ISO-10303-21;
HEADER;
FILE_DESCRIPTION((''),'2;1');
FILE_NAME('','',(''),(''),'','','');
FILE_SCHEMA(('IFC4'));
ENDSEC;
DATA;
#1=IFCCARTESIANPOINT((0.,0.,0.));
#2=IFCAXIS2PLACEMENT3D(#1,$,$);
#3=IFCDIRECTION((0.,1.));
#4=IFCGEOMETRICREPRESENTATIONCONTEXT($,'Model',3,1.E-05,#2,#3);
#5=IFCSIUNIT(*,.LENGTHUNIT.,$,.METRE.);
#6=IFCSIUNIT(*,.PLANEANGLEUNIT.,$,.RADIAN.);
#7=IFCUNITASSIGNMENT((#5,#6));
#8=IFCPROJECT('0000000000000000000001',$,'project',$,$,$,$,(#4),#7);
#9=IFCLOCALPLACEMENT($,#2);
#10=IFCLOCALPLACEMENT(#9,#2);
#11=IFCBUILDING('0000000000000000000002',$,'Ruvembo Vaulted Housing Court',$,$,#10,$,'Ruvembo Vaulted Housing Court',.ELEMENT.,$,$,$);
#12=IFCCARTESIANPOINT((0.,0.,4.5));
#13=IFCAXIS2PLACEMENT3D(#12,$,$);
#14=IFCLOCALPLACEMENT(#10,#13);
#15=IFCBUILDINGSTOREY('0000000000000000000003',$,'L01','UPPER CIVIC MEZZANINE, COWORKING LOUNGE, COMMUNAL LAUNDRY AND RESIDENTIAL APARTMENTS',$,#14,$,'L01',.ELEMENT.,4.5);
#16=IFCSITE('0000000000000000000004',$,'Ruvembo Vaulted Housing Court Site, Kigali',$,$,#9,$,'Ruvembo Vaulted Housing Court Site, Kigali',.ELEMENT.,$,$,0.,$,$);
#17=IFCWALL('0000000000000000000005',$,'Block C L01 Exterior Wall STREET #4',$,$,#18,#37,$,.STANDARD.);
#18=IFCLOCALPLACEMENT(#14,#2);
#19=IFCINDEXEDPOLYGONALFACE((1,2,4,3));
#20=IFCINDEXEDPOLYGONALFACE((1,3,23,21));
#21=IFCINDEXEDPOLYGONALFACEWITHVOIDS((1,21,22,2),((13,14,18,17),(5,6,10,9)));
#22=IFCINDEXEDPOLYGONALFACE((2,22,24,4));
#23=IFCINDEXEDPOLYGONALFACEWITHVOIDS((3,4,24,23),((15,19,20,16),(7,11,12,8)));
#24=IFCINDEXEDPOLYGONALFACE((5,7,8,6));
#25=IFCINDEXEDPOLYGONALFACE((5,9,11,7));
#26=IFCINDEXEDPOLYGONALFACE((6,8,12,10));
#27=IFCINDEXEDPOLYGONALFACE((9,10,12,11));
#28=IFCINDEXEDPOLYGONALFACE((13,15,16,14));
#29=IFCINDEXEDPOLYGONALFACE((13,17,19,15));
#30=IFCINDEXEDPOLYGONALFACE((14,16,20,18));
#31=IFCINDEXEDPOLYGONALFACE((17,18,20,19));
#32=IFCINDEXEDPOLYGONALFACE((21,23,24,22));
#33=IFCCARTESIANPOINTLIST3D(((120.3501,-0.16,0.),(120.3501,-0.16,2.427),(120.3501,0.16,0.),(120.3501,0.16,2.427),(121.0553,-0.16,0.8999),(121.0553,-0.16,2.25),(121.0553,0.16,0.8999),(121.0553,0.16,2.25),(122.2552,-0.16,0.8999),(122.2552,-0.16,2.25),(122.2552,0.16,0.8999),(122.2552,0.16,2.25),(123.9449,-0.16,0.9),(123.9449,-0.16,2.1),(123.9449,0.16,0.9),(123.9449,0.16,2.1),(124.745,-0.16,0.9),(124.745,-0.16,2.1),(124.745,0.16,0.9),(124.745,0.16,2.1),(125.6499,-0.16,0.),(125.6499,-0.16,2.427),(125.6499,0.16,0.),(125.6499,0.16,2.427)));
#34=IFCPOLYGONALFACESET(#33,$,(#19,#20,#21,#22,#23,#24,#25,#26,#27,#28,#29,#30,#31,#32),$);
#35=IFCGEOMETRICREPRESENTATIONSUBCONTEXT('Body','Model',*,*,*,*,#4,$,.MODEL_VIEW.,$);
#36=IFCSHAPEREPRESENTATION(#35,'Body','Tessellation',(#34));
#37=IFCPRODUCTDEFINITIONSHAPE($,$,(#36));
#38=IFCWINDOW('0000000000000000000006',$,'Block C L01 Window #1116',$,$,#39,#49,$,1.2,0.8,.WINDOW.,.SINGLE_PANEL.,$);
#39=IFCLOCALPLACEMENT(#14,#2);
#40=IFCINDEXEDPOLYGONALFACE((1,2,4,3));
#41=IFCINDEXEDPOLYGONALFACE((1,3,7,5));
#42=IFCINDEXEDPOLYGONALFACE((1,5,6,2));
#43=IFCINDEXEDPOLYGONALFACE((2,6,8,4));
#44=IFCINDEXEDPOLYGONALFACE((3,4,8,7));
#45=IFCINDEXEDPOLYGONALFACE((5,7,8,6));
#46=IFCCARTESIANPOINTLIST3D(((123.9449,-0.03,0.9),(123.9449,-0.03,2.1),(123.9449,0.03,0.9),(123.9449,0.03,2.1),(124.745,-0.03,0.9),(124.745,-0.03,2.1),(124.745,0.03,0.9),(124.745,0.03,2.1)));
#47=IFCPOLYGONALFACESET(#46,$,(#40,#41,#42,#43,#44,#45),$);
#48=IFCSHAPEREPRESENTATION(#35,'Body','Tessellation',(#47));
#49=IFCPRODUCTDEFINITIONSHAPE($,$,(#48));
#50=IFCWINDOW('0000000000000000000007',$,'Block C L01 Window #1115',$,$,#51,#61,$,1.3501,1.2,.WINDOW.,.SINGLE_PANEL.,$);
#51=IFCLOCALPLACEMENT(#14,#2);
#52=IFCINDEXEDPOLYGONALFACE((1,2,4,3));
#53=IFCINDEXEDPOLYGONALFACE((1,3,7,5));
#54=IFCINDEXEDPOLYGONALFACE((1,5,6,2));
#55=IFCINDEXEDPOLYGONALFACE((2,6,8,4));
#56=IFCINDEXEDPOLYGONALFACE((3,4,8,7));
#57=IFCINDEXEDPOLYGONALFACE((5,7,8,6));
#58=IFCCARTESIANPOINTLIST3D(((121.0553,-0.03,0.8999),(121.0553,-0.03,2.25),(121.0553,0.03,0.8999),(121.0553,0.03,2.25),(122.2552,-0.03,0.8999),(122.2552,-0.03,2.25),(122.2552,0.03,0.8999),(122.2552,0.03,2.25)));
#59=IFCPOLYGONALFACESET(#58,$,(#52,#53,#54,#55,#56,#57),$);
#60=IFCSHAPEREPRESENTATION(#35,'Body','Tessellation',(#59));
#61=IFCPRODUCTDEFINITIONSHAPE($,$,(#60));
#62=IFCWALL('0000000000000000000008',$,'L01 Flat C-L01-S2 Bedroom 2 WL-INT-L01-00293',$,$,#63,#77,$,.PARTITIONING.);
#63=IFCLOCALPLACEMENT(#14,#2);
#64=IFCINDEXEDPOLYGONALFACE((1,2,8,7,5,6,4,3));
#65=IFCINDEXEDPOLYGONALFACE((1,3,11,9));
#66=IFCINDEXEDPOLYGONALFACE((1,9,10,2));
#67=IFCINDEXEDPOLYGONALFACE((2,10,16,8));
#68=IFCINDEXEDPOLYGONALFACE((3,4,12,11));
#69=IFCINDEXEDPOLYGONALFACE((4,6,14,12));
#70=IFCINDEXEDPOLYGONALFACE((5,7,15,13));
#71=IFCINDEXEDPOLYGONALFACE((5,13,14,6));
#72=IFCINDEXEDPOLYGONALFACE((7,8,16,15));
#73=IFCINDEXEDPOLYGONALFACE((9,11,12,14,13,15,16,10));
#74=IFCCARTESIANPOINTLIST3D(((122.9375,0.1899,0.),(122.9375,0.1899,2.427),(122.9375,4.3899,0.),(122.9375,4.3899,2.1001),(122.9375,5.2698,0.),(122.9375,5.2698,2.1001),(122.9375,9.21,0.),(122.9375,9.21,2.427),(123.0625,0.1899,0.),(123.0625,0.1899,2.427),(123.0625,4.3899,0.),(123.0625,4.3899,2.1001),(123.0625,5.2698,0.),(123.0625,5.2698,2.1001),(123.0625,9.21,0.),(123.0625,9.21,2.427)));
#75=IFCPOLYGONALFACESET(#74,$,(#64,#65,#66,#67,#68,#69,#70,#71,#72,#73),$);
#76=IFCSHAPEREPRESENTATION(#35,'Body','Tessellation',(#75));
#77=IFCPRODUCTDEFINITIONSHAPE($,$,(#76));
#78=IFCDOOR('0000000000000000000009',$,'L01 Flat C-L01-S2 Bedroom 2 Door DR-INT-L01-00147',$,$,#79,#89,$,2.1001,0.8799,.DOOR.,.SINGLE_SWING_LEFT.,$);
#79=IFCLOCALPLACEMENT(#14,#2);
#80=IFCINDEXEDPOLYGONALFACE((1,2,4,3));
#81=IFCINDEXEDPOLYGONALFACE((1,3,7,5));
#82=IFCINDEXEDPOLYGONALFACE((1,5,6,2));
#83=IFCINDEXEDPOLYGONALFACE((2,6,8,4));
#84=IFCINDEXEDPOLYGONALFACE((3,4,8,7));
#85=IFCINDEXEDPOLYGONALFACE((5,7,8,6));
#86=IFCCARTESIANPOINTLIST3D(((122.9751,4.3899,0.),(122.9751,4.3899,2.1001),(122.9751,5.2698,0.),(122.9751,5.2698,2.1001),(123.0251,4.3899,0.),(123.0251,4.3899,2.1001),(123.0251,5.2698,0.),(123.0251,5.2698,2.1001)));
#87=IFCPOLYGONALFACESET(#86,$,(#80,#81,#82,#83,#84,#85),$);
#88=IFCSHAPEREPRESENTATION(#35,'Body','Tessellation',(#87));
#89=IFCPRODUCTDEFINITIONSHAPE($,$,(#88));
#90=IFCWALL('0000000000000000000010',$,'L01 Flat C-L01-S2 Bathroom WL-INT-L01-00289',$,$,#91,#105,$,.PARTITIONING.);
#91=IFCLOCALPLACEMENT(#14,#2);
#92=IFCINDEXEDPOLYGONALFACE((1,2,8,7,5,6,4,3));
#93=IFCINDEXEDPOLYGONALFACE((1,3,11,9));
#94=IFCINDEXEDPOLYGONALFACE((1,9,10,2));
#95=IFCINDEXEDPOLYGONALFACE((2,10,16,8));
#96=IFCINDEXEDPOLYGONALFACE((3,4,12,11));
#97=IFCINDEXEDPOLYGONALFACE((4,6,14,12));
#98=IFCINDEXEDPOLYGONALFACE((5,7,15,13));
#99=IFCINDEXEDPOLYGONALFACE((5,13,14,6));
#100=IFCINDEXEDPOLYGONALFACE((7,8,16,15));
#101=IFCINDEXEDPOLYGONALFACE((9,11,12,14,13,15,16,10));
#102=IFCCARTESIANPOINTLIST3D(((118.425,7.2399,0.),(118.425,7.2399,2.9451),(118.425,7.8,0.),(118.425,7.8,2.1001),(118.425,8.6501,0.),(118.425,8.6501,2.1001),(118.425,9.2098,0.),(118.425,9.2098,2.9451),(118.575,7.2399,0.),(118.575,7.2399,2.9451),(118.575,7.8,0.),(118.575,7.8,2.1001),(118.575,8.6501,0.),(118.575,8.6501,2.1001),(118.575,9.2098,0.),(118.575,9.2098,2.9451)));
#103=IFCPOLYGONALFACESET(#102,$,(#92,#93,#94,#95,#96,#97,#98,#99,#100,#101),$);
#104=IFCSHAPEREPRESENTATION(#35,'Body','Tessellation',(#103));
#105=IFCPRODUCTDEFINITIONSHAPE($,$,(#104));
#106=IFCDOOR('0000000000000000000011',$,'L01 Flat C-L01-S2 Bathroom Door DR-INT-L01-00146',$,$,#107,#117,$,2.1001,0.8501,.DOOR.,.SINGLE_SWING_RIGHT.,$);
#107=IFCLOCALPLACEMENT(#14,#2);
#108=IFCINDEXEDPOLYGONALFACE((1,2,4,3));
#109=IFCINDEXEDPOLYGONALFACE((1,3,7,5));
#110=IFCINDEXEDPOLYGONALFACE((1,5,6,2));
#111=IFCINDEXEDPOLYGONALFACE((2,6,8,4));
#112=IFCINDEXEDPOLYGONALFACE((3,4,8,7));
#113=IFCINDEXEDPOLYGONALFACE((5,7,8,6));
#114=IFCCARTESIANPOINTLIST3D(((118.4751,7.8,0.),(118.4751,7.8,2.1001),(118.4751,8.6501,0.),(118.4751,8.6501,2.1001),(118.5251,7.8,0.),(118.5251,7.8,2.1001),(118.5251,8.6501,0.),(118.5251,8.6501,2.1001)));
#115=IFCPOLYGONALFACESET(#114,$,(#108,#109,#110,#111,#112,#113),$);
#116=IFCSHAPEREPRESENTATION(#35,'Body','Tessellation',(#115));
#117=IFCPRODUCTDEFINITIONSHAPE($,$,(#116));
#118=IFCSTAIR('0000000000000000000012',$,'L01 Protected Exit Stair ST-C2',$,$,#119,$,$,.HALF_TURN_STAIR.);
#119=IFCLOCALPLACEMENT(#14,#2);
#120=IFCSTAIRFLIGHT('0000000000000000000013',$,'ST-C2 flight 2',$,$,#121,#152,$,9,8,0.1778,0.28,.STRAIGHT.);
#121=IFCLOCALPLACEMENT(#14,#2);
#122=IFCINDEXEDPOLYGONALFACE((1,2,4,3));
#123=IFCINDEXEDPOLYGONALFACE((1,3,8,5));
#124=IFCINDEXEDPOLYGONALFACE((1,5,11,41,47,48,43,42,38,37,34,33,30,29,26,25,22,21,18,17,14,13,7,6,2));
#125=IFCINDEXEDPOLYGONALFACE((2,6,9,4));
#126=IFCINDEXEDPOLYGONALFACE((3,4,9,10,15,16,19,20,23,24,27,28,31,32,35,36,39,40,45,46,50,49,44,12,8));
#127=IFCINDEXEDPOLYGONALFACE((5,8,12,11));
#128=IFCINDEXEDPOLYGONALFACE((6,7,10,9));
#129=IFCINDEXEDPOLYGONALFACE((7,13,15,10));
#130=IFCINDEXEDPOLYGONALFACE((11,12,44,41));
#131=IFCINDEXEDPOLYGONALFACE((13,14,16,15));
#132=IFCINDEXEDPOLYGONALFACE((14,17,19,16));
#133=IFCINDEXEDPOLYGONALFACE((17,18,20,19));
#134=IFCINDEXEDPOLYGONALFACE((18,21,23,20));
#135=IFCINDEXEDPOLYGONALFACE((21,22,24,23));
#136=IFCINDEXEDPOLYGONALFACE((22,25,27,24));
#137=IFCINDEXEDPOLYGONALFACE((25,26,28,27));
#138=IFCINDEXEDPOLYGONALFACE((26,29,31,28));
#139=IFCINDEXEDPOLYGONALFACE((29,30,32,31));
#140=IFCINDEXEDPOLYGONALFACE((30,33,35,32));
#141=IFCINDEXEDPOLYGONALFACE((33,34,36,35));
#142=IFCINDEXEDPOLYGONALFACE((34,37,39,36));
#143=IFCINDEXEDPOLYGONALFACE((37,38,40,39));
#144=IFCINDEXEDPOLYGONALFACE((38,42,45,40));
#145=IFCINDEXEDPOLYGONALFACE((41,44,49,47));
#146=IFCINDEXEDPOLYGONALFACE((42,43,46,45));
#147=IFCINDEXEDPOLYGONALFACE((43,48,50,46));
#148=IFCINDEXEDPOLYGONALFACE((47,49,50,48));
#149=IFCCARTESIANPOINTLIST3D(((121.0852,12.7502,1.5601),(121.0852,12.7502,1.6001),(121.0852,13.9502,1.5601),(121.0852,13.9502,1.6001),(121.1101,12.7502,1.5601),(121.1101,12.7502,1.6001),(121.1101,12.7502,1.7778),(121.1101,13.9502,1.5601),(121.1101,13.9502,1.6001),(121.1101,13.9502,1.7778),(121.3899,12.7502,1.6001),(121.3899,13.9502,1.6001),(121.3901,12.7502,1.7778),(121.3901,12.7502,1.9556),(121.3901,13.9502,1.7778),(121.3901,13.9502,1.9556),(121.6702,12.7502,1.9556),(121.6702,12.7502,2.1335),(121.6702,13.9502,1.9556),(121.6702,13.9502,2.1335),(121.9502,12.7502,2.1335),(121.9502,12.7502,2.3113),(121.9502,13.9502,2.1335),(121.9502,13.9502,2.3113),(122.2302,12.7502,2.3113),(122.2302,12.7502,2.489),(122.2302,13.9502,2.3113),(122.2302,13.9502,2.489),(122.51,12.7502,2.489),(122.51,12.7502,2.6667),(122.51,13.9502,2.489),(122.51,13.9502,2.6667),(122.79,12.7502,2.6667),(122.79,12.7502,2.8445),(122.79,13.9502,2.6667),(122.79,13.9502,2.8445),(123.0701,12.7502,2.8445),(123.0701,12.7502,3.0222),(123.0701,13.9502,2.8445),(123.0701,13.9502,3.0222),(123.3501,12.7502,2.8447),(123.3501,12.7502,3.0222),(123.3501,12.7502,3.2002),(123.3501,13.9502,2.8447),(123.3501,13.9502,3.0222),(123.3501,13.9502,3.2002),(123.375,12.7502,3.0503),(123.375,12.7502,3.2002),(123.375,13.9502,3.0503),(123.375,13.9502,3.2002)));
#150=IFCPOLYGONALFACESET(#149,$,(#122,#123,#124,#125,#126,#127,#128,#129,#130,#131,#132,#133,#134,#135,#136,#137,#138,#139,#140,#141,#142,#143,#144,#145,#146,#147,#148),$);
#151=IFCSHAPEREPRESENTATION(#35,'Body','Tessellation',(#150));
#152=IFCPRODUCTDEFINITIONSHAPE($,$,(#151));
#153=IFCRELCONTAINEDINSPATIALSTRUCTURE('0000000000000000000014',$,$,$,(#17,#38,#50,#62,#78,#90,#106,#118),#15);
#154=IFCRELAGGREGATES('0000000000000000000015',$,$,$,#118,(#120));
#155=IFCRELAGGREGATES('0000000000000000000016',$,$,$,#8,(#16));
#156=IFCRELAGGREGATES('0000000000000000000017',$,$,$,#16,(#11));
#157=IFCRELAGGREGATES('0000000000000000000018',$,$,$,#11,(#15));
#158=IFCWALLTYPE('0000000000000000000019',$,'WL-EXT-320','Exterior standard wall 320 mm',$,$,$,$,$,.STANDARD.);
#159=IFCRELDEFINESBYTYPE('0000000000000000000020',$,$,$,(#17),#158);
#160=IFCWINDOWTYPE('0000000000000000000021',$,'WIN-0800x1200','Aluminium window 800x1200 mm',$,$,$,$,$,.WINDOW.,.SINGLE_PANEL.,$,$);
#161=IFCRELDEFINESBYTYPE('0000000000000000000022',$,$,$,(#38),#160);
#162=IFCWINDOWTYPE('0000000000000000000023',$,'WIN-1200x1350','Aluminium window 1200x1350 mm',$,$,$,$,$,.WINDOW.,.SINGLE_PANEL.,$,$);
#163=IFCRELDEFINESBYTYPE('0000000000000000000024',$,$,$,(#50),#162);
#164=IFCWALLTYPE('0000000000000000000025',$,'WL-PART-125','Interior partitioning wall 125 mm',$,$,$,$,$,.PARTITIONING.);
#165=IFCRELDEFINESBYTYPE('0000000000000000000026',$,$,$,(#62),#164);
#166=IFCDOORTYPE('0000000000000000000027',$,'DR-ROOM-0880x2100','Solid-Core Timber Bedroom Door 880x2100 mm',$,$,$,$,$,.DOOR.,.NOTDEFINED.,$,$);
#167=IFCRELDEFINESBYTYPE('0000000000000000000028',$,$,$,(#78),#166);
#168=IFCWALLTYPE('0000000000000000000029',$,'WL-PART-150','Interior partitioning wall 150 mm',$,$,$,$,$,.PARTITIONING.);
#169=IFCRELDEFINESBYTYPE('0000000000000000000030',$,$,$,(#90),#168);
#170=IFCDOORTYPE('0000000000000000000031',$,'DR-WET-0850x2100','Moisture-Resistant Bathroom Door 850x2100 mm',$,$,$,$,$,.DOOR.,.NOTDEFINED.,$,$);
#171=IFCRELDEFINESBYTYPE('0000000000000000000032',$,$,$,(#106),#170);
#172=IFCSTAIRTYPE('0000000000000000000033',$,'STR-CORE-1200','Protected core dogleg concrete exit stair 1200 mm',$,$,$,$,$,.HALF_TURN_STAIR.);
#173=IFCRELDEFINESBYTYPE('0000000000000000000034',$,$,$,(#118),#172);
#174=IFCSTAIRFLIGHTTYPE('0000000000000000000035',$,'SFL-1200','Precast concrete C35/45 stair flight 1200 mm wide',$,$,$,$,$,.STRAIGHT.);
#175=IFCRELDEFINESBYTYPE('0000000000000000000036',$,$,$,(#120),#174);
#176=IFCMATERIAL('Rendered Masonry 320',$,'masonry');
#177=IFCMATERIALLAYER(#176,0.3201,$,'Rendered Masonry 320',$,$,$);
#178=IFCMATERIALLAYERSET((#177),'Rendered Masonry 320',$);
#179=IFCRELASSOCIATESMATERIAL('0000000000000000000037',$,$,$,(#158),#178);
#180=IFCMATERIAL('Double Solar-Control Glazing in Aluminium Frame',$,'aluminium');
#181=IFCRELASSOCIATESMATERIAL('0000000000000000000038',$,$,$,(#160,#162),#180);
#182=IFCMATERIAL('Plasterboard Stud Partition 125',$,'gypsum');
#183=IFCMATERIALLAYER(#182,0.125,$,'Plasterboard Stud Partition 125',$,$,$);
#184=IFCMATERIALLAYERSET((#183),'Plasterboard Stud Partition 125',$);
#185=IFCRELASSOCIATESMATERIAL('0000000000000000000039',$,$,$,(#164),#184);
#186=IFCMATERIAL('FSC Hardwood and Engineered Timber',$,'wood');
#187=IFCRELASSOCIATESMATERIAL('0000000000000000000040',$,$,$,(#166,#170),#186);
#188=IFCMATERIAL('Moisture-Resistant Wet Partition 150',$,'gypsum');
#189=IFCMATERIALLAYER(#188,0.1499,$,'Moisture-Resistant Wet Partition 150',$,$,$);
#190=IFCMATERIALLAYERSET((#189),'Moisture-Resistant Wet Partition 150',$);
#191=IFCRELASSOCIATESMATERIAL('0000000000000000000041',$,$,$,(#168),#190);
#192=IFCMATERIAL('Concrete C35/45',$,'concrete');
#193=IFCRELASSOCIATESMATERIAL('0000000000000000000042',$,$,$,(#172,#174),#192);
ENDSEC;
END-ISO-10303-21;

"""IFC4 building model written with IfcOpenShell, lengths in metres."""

from ifc_helpers import new_model, si_unit, direction, frame, frame_2d, origin, place, context, subcontext, project, spatial, polyline, rectangle, outline, extrude, material, layer, layer_set, type_object, element, fill, aggregate, save


model = new_model("IFC4")

# Units and contexts
model_context = context("Model", 3, precision=1e-05, world=origin(), true_north=direction((0.0, 1.0)))
body_context = subcontext(model_context, "Body", "Model", "MODEL_VIEW")
ifc_project = project(units=[si_unit("LENGTHUNIT", "METRE"), si_unit("PLANEANGLEUNIT", "RADIAN")], contexts=[model_context])

# Site, building, storey
site_placement = place(None, origin())
site = spatial("IfcSite", under=ifc_project, at=site_placement, Name="Ruvembo Vaulted Housing Court Site, Kigali", LongName="Ruvembo Vaulted Housing Court Site, Kigali", CompositionType="ELEMENT", RefElevation=0.0)
building_placement = place(site_placement, origin())
building = spatial("IfcBuilding", under=site, at=building_placement, Name="Ruvembo Vaulted Housing Court", LongName="Ruvembo Vaulted Housing Court", CompositionType="ELEMENT")
storey_placement = place(building_placement, frame((0.0, 0.0, 4.5)))
storey = spatial("IfcBuildingStorey", under=building, at=storey_placement, Name="L01", Description="UPPER CIVIC MEZZANINE, COWORKING LOUNGE, COMMUNAL LAUNDRY AND RESIDENTIAL APARTMENTS", LongName="L01", CompositionType="ELEMENT", Elevation=4.5)

# Shared definitions
ifc_material_1 = material(Name="Concrete C35/45", Category="concrete")

# Shared definitions
ifc_material_2 = material(Name="FSC Hardwood and Engineered Timber", Category="wood")

# Wall, openings, windows
ifc_material_3 = material(Name="Rendered Masonry 320", Category="masonry")
ifc_layer_1 = layer(ifc_material_3, 0.3201, Name="Rendered Masonry 320")
ifc_layer_set_1 = layer_set([ifc_layer_1], Name="Rendered Masonry 320")
wall_type_1 = type_object("IfcWallType", Name="WL-EXT-320", Description="Exterior standard wall 320 mm", PredefinedType="STANDARD", material=ifc_layer_set_1)
wall_1_placement = place(storey_placement, frame((120.3501, 0.0, 0.0), z_axis=(0.0, 0.0, 1.0), x_axis=(1.0, 0.0, 0.0)))
wall_1 = element("IfcWall", 1, at=wall_1_placement, inside=storey, type_object=wall_type_1, Name="Block C L01 Exterior Wall STREET #4", PredefinedType="STANDARD", context=body_context, shape_type="SweptSolid", body=[
    extrude(rectangle(XDim=5.2998, YDim=0.3201, at=frame_2d((2.6499, 0.0))), origin(), (0.0, 0.0, 1.0), 2.427),
])
opening_1_placement = place(wall_1_placement, frame((0.7051, 0.0, 0.8999)))
opening_1 = element("IfcOpeningElement", 2, at=opening_1_placement, cuts=wall_1, PredefinedType="OPENING", context=body_context, shape_type="SweptSolid", body=[
    extrude(rectangle(XDim=1.2, YDim=1.3501, at=frame_2d((0.6001, 0.675))), frame((0.0, 0.1699, 0.0), z_axis=(0.0, -1.0, 0.0), x_axis=(1.0, 0.0, 0.0)), (0.0, 0.0, 1.0), 0.3401),
])
opening_2_placement = place(wall_1_placement, frame((3.595, 0.0, 0.8999)))
opening_2 = element("IfcOpeningElement", 3, at=opening_2_placement, cuts=wall_1, PredefinedType="OPENING", context=body_context, shape_type="SweptSolid", body=[
    extrude(rectangle(XDim=0.8, YDim=1.2, at=frame_2d((0.3999, 0.6001))), frame((0.0, 0.1699, 0.0), z_axis=(0.0, -1.0, 0.0), x_axis=(1.0, 0.0, 0.0)), (0.0, 0.0, 1.0), 0.3401),
])
ifc_material_4 = material(Name="Double Solar-Control Glazing in Aluminium Frame", Category="aluminium")
window_type_1 = type_object("IfcWindowType", Name="WIN-0800x1200", Description="Aluminium window 800x1200 mm", PartitioningType="SINGLE_PANEL", PredefinedType="WINDOW", material=ifc_material_4)
window_1_placement = place(opening_2_placement, origin())
window_1 = element("IfcWindow", 4, at=window_1_placement, inside=storey, type_object=window_type_1, Name="Block C L01 Window #1116", OverallHeight=1.2, OverallWidth=0.8, PartitioningType="SINGLE_PANEL", PredefinedType="WINDOW", context=body_context, shape_type="SweptSolid", body=[
    extrude(rectangle(XDim=0.8, YDim=1.2, at=frame_2d((0.3999, 0.6001))), frame((0.0, 0.03, 0.0), z_axis=(0.0, -1.0, 0.0), x_axis=(1.0, 0.0, 0.0)), (0.0, 0.0, 1.0), 0.0601),
])
fill(opening_2, window_1)
window_type_2 = type_object("IfcWindowType", Name="WIN-1200x1350", Description="Aluminium window 1200x1350 mm", PartitioningType="SINGLE_PANEL", PredefinedType="WINDOW", material=ifc_material_4)
window_2_placement = place(opening_1_placement, origin())
window_2 = element("IfcWindow", 5, at=window_2_placement, inside=storey, type_object=window_type_2, Name="Block C L01 Window #1115", OverallHeight=1.3501, OverallWidth=1.2, PartitioningType="SINGLE_PANEL", PredefinedType="WINDOW", context=body_context, shape_type="SweptSolid", body=[
    extrude(rectangle(XDim=1.2, YDim=1.3501, at=frame_2d((0.6001, 0.675))), frame((0.0, 0.03, 0.0), z_axis=(0.0, -1.0, 0.0), x_axis=(1.0, 0.0, 0.0)), (0.0, 0.0, 1.0), 0.0601),
])
fill(opening_1, window_2)

# Walls, openings, doors
ifc_material_5 = material(Name="Plasterboard Stud Partition 125", Category="gypsum")
ifc_layer_2 = layer(ifc_material_5, 0.125, Name="Plasterboard Stud Partition 125")
ifc_layer_set_2 = layer_set([ifc_layer_2], Name="Plasterboard Stud Partition 125")
wall_type_2 = type_object("IfcWallType", Name="WL-PART-125", Description="Interior partitioning wall 125 mm", PredefinedType="PARTITIONING", material=ifc_layer_set_2)
wall_2_placement = place(storey_placement, frame((123.0, 0.1899, 0.0), z_axis=(0.0, 0.0, 1.0), x_axis=(0.0, 1.0, 0.0)))
wall_2 = element("IfcWall", 6, at=wall_2_placement, inside=storey, type_object=wall_type_2, Name="L01 Flat C-L01-S2 Bedroom 2 WL-INT-L01-00293", PredefinedType="PARTITIONING", context=body_context, shape_type="SweptSolid", body=[
    extrude(rectangle(XDim=9.02, YDim=0.125, at=frame_2d((4.51, 0.0))), origin(), (0.0, 0.0, 1.0), 2.427),
])
opening_3_placement = place(wall_2_placement, frame((4.2, 0.0, 0.0)))
opening_3 = element("IfcOpeningElement", 7, at=opening_3_placement, cuts=wall_2, PredefinedType="OPENING", context=body_context, shape_type="SweptSolid", body=[
    extrude(rectangle(XDim=0.8799, YDim=2.1001, at=frame_2d((0.4399, 1.05))), frame((0.0, 0.0725, 0.0), z_axis=(0.0, -1.0, 0.0), x_axis=(1.0, 0.0, 0.0)), (0.0, 0.0, 1.0), 0.145),
])
door_type_1 = type_object("IfcDoorType", Name="DR-ROOM-0880x2100", Description="Solid-Core Timber Bedroom Door 880x2100 mm", OperationType="NOTDEFINED", PredefinedType="DOOR", material=ifc_material_2)
door_1_placement = place(opening_3_placement, origin())
door_1 = element("IfcDoor", 8, at=door_1_placement, inside=storey, type_object=door_type_1, Name="L01 Flat C-L01-S2 Bedroom 2 Door DR-INT-L01-00147", OperationType="SINGLE_SWING_LEFT", OverallHeight=2.1001, OverallWidth=0.8799, PredefinedType="DOOR", context=body_context, shape_type="SweptSolid", body=[
    extrude(rectangle(XDim=0.8799, YDim=2.1001, at=frame_2d((0.4399, 1.05))), frame((0.0, 0.0249, 0.0), z_axis=(0.0, -1.0, 0.0), x_axis=(1.0, 0.0, 0.0)), (0.0, 0.0, 1.0), 0.05),
])
fill(opening_3, door_1)
ifc_material_6 = material(Name="Moisture-Resistant Wet Partition 150", Category="gypsum")
ifc_layer_3 = layer(ifc_material_6, 0.1499, Name="Moisture-Resistant Wet Partition 150")
ifc_layer_set_3 = layer_set([ifc_layer_3], Name="Moisture-Resistant Wet Partition 150")
wall_type_3 = type_object("IfcWallType", Name="WL-PART-150", Description="Interior partitioning wall 150 mm", PredefinedType="PARTITIONING", material=ifc_layer_set_3)
wall_3_placement = place(storey_placement, frame((118.5, 7.24, 0.0), z_axis=(0.0, 0.0, 1.0), x_axis=(0.0, 1.0, 0.0)))
wall_3 = element("IfcWall", 9, at=wall_3_placement, inside=storey, type_object=wall_type_3, Name="L01 Flat C-L01-S2 Bathroom WL-INT-L01-00289", PredefinedType="PARTITIONING", context=body_context, shape_type="SweptSolid", body=[
    extrude(rectangle(XDim=1.97, YDim=0.1499, at=frame_2d((0.9849, 0.0))), origin(), (0.0, 0.0, 1.0), 2.9451),
])
opening_4_placement = place(wall_3_placement, frame((0.5601, 0.0, 0.0)))
opening_4 = element("IfcOpeningElement", 10, at=opening_4_placement, cuts=wall_3, PredefinedType="OPENING", context=body_context, shape_type="SweptSolid", body=[
    extrude(rectangle(XDim=0.8501, YDim=2.1001, at=frame_2d((0.425, 1.05))), frame((0.0, 0.085, 0.0), z_axis=(0.0, -1.0, 0.0), x_axis=(1.0, 0.0, 0.0)), (0.0, 0.0, 1.0), 0.1699),
])
door_type_2 = type_object("IfcDoorType", Name="DR-WET-0850x2100", Description="Moisture-Resistant Bathroom Door 850x2100 mm", OperationType="NOTDEFINED", PredefinedType="DOOR", material=ifc_material_2)
door_2_placement = place(opening_4_placement, origin())
door_2 = element("IfcDoor", 11, at=door_2_placement, inside=storey, type_object=door_type_2, Name="L01 Flat C-L01-S2 Bathroom Door DR-INT-L01-00146", OperationType="SINGLE_SWING_RIGHT", OverallHeight=2.1001, OverallWidth=0.8501, PredefinedType="DOOR", context=body_context, shape_type="SweptSolid", body=[
    extrude(rectangle(XDim=0.8501, YDim=2.1001, at=frame_2d((0.425, 1.05))), frame((0.0, 0.0249, 0.0), z_axis=(0.0, -1.0, 0.0), x_axis=(1.0, 0.0, 0.0)), (0.0, 0.0, 1.0), 0.05),
])
fill(opening_4, door_2)

# Stair, stair flight
stair_type = type_object("IfcStairType", Name="STR-CORE-1200", Description="Protected core dogleg concrete exit stair 1200 mm", PredefinedType="HALF_TURN_STAIR", material=ifc_material_1)
stair_placement = place(storey_placement, origin())
stair = element("IfcStair", 12, at=stair_placement, inside=storey, type_object=stair_type, Name="L01 Protected Exit Stair ST-C2", PredefinedType="HALF_TURN_STAIR")
stair_flight_type = type_object("IfcStairFlightType", Name="SFL-1200", Description="Precast concrete C35/45 stair flight 1200 mm wide", PredefinedType="STRAIGHT", material=ifc_material_1)
stair_flight_placement = place(storey_placement, frame((121.1101, 13.3501, 1.6001), z_axis=(0.0, 0.0, 1.0), x_axis=(1.0, 0.0, 0.0)))
stair_flight = element("IfcStairFlight", 13, at=stair_flight_placement, type_object=stair_flight_type, Name="ST-C2 flight 2", NumberOfRisers=9, NumberOfTreads=8, PredefinedType="STRAIGHT", RiserHeight=0.1778, TreadLength=0.28, context=body_context, shape_type="SweptSolid", body=[
    extrude(outline(polyline([(-0.0249, -0.04), (-0.0249, 0.0), (0.0, 0.0), (0.0, 0.1777), (0.28, 0.1777), (0.28, 0.3555), (0.5601, 0.3555), (0.5601, 0.5334), (0.8401, 0.5334), (0.8401, 0.7112), (1.1201, 0.7112), (1.1201, 0.8889), (1.3999, 0.8889), (1.3999, 1.0667), (1.6799, 1.0667), (1.6799, 1.2444), (1.96, 1.2444), (1.96, 1.4221), (2.24, 1.4221), (2.24, 1.6001), (2.2649, 1.6001), (2.2649, 1.4502), (2.24, 1.2446), (0.2798, 0.0), (0.0, -0.04), (-0.0249, -0.04)])), frame((0.0, 0.6001, 0.0), z_axis=(0.0, -1.0, 0.0), x_axis=(1.0, 0.0, 0.0)), (0.0, 0.0, 1.0), 1.2),
])
aggregate(stair, [stair_flight])

save(model, "model.ifc")
